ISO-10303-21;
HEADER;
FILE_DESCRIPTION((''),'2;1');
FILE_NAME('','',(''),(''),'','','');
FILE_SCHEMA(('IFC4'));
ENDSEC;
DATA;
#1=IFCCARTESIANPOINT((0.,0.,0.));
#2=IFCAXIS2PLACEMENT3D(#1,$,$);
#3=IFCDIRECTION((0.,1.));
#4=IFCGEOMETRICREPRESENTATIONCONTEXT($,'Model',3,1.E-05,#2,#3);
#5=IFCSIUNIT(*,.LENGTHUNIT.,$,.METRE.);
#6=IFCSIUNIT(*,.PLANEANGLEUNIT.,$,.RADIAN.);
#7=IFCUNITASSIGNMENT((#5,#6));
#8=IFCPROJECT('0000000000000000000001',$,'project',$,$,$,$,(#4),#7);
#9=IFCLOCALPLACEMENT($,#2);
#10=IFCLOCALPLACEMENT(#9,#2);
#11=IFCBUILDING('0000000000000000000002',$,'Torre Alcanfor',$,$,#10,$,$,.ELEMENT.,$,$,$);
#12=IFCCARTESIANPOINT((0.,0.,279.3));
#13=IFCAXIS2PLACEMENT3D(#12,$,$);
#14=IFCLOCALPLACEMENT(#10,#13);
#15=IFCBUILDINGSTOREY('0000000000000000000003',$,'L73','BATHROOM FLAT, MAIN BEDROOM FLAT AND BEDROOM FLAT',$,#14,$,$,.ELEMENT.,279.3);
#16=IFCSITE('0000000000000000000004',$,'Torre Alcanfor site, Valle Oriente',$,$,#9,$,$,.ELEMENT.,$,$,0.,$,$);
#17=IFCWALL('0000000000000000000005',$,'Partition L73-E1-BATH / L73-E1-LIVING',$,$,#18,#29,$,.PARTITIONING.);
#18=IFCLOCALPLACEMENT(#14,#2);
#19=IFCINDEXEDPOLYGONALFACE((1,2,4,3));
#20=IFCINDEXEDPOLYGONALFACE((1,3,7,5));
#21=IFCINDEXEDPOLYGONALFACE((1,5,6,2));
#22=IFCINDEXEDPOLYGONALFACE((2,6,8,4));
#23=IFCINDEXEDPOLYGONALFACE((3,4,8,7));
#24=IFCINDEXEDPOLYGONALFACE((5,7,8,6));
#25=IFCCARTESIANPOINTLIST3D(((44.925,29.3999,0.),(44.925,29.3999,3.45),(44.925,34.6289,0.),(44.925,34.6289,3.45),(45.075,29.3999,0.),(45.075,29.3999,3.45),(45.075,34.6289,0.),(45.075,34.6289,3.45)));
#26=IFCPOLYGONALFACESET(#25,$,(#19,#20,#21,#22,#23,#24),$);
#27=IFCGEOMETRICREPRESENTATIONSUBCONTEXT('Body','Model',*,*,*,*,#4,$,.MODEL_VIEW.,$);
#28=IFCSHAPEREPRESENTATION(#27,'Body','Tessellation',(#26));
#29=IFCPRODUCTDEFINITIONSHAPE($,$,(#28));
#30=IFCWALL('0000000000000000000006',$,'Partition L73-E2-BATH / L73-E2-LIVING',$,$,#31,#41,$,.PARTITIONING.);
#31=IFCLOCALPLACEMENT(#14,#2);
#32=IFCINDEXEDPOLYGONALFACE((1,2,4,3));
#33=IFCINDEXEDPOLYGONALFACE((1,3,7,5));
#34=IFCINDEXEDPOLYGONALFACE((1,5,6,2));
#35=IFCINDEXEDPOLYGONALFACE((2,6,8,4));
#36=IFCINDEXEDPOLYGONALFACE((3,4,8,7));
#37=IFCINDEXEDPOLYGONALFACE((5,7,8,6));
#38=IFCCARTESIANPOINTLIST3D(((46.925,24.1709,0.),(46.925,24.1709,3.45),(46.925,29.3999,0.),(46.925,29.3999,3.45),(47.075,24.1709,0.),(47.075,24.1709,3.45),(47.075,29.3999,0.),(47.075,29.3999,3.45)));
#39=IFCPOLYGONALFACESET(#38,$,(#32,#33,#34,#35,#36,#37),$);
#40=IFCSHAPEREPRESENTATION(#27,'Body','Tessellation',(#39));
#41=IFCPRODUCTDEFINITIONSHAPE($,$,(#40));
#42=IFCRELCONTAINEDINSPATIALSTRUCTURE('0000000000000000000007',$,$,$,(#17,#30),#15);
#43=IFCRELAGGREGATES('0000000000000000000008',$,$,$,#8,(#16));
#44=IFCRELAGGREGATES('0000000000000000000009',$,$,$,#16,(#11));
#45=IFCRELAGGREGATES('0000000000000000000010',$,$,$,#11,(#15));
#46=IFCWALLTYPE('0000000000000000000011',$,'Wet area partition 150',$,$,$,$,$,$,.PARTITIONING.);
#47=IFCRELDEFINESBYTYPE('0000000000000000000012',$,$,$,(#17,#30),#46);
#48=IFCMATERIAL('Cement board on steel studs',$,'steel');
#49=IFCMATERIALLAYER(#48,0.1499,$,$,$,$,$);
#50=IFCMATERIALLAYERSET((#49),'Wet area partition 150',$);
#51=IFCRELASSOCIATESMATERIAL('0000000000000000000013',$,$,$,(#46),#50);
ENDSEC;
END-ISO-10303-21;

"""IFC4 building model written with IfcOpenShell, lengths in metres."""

from ifc_helpers import new_model, si_unit, direction, frame, frame_2d, origin, place, context, subcontext, project, spatial, rectangle, extrude, material, layer, layer_set, type_object, element, save


model = new_model("IFC4")

# Units and contexts
model_context = context("Model", 3, precision=1e-05, world=origin(), true_north=direction((0.0, 1.0)))
body_context = subcontext(model_context, "Body", "Model", "MODEL_VIEW")
ifc_project = project(units=[si_unit("LENGTHUNIT", "METRE"), si_unit("PLANEANGLEUNIT", "RADIAN")], contexts=[model_context])

# Site, building, storey
site_placement = place(None, origin())
site = spatial("IfcSite", under=ifc_project, at=site_placement, Name="Torre Alcanfor site, Valle Oriente", CompositionType="ELEMENT", RefElevation=0.0)
building_placement = place(site_placement, origin())
building = spatial("IfcBuilding", under=site, at=building_placement, Name="Torre Alcanfor", CompositionType="ELEMENT")
storey_placement = place(building_placement, frame((0.0, 0.0, 279.3)))
storey = spatial("IfcBuildingStorey", under=building, at=storey_placement, Name="L73", Description="BATHROOM FLAT, MAIN BEDROOM FLAT AND BEDROOM FLAT", CompositionType="ELEMENT", Elevation=279.3)

# Shared definitions
ifc_material_1 = material(Name="Cement board on steel studs", Category="steel")
ifc_layer_1 = layer(ifc_material_1, 0.1499)
ifc_layer_set_1 = layer_set([ifc_layer_1], Name="Wet area partition 150")
wall_type_1 = type_object("IfcWallType", Name="Wet area partition 150", PredefinedType="PARTITIONING", material=ifc_layer_set_1)

# Walls
for number, where, z_axis, x_axis, name in (
    (1, (45.0, 34.6289, 0.0), (0.0, 0.0, 1.0), (0.0, -1.0, 0.0), "Partition L73-E1-BATH / L73-E1-LIVING"),
    (2, (47.0, 29.3999, 0.0), (0.0, 0.0, 1.0), (0.0, -1.0, 0.0), "Partition L73-E2-BATH / L73-E2-LIVING"),
):
    element("IfcWall", number, at=place(storey_placement, frame(where, z_axis=z_axis, x_axis=x_axis)), inside=storey, type_object=wall_type_1, Name=name, PredefinedType="PARTITIONING", context=body_context, shape_type="SweptSolid", body=[
        extrude(rectangle(XDim=5.229, YDim=0.1499, at=frame_2d((2.6145, 0.0))), origin(), (0.0, 0.0, 1.0), 3.45),
    ])

save(model, "model.ifc")
